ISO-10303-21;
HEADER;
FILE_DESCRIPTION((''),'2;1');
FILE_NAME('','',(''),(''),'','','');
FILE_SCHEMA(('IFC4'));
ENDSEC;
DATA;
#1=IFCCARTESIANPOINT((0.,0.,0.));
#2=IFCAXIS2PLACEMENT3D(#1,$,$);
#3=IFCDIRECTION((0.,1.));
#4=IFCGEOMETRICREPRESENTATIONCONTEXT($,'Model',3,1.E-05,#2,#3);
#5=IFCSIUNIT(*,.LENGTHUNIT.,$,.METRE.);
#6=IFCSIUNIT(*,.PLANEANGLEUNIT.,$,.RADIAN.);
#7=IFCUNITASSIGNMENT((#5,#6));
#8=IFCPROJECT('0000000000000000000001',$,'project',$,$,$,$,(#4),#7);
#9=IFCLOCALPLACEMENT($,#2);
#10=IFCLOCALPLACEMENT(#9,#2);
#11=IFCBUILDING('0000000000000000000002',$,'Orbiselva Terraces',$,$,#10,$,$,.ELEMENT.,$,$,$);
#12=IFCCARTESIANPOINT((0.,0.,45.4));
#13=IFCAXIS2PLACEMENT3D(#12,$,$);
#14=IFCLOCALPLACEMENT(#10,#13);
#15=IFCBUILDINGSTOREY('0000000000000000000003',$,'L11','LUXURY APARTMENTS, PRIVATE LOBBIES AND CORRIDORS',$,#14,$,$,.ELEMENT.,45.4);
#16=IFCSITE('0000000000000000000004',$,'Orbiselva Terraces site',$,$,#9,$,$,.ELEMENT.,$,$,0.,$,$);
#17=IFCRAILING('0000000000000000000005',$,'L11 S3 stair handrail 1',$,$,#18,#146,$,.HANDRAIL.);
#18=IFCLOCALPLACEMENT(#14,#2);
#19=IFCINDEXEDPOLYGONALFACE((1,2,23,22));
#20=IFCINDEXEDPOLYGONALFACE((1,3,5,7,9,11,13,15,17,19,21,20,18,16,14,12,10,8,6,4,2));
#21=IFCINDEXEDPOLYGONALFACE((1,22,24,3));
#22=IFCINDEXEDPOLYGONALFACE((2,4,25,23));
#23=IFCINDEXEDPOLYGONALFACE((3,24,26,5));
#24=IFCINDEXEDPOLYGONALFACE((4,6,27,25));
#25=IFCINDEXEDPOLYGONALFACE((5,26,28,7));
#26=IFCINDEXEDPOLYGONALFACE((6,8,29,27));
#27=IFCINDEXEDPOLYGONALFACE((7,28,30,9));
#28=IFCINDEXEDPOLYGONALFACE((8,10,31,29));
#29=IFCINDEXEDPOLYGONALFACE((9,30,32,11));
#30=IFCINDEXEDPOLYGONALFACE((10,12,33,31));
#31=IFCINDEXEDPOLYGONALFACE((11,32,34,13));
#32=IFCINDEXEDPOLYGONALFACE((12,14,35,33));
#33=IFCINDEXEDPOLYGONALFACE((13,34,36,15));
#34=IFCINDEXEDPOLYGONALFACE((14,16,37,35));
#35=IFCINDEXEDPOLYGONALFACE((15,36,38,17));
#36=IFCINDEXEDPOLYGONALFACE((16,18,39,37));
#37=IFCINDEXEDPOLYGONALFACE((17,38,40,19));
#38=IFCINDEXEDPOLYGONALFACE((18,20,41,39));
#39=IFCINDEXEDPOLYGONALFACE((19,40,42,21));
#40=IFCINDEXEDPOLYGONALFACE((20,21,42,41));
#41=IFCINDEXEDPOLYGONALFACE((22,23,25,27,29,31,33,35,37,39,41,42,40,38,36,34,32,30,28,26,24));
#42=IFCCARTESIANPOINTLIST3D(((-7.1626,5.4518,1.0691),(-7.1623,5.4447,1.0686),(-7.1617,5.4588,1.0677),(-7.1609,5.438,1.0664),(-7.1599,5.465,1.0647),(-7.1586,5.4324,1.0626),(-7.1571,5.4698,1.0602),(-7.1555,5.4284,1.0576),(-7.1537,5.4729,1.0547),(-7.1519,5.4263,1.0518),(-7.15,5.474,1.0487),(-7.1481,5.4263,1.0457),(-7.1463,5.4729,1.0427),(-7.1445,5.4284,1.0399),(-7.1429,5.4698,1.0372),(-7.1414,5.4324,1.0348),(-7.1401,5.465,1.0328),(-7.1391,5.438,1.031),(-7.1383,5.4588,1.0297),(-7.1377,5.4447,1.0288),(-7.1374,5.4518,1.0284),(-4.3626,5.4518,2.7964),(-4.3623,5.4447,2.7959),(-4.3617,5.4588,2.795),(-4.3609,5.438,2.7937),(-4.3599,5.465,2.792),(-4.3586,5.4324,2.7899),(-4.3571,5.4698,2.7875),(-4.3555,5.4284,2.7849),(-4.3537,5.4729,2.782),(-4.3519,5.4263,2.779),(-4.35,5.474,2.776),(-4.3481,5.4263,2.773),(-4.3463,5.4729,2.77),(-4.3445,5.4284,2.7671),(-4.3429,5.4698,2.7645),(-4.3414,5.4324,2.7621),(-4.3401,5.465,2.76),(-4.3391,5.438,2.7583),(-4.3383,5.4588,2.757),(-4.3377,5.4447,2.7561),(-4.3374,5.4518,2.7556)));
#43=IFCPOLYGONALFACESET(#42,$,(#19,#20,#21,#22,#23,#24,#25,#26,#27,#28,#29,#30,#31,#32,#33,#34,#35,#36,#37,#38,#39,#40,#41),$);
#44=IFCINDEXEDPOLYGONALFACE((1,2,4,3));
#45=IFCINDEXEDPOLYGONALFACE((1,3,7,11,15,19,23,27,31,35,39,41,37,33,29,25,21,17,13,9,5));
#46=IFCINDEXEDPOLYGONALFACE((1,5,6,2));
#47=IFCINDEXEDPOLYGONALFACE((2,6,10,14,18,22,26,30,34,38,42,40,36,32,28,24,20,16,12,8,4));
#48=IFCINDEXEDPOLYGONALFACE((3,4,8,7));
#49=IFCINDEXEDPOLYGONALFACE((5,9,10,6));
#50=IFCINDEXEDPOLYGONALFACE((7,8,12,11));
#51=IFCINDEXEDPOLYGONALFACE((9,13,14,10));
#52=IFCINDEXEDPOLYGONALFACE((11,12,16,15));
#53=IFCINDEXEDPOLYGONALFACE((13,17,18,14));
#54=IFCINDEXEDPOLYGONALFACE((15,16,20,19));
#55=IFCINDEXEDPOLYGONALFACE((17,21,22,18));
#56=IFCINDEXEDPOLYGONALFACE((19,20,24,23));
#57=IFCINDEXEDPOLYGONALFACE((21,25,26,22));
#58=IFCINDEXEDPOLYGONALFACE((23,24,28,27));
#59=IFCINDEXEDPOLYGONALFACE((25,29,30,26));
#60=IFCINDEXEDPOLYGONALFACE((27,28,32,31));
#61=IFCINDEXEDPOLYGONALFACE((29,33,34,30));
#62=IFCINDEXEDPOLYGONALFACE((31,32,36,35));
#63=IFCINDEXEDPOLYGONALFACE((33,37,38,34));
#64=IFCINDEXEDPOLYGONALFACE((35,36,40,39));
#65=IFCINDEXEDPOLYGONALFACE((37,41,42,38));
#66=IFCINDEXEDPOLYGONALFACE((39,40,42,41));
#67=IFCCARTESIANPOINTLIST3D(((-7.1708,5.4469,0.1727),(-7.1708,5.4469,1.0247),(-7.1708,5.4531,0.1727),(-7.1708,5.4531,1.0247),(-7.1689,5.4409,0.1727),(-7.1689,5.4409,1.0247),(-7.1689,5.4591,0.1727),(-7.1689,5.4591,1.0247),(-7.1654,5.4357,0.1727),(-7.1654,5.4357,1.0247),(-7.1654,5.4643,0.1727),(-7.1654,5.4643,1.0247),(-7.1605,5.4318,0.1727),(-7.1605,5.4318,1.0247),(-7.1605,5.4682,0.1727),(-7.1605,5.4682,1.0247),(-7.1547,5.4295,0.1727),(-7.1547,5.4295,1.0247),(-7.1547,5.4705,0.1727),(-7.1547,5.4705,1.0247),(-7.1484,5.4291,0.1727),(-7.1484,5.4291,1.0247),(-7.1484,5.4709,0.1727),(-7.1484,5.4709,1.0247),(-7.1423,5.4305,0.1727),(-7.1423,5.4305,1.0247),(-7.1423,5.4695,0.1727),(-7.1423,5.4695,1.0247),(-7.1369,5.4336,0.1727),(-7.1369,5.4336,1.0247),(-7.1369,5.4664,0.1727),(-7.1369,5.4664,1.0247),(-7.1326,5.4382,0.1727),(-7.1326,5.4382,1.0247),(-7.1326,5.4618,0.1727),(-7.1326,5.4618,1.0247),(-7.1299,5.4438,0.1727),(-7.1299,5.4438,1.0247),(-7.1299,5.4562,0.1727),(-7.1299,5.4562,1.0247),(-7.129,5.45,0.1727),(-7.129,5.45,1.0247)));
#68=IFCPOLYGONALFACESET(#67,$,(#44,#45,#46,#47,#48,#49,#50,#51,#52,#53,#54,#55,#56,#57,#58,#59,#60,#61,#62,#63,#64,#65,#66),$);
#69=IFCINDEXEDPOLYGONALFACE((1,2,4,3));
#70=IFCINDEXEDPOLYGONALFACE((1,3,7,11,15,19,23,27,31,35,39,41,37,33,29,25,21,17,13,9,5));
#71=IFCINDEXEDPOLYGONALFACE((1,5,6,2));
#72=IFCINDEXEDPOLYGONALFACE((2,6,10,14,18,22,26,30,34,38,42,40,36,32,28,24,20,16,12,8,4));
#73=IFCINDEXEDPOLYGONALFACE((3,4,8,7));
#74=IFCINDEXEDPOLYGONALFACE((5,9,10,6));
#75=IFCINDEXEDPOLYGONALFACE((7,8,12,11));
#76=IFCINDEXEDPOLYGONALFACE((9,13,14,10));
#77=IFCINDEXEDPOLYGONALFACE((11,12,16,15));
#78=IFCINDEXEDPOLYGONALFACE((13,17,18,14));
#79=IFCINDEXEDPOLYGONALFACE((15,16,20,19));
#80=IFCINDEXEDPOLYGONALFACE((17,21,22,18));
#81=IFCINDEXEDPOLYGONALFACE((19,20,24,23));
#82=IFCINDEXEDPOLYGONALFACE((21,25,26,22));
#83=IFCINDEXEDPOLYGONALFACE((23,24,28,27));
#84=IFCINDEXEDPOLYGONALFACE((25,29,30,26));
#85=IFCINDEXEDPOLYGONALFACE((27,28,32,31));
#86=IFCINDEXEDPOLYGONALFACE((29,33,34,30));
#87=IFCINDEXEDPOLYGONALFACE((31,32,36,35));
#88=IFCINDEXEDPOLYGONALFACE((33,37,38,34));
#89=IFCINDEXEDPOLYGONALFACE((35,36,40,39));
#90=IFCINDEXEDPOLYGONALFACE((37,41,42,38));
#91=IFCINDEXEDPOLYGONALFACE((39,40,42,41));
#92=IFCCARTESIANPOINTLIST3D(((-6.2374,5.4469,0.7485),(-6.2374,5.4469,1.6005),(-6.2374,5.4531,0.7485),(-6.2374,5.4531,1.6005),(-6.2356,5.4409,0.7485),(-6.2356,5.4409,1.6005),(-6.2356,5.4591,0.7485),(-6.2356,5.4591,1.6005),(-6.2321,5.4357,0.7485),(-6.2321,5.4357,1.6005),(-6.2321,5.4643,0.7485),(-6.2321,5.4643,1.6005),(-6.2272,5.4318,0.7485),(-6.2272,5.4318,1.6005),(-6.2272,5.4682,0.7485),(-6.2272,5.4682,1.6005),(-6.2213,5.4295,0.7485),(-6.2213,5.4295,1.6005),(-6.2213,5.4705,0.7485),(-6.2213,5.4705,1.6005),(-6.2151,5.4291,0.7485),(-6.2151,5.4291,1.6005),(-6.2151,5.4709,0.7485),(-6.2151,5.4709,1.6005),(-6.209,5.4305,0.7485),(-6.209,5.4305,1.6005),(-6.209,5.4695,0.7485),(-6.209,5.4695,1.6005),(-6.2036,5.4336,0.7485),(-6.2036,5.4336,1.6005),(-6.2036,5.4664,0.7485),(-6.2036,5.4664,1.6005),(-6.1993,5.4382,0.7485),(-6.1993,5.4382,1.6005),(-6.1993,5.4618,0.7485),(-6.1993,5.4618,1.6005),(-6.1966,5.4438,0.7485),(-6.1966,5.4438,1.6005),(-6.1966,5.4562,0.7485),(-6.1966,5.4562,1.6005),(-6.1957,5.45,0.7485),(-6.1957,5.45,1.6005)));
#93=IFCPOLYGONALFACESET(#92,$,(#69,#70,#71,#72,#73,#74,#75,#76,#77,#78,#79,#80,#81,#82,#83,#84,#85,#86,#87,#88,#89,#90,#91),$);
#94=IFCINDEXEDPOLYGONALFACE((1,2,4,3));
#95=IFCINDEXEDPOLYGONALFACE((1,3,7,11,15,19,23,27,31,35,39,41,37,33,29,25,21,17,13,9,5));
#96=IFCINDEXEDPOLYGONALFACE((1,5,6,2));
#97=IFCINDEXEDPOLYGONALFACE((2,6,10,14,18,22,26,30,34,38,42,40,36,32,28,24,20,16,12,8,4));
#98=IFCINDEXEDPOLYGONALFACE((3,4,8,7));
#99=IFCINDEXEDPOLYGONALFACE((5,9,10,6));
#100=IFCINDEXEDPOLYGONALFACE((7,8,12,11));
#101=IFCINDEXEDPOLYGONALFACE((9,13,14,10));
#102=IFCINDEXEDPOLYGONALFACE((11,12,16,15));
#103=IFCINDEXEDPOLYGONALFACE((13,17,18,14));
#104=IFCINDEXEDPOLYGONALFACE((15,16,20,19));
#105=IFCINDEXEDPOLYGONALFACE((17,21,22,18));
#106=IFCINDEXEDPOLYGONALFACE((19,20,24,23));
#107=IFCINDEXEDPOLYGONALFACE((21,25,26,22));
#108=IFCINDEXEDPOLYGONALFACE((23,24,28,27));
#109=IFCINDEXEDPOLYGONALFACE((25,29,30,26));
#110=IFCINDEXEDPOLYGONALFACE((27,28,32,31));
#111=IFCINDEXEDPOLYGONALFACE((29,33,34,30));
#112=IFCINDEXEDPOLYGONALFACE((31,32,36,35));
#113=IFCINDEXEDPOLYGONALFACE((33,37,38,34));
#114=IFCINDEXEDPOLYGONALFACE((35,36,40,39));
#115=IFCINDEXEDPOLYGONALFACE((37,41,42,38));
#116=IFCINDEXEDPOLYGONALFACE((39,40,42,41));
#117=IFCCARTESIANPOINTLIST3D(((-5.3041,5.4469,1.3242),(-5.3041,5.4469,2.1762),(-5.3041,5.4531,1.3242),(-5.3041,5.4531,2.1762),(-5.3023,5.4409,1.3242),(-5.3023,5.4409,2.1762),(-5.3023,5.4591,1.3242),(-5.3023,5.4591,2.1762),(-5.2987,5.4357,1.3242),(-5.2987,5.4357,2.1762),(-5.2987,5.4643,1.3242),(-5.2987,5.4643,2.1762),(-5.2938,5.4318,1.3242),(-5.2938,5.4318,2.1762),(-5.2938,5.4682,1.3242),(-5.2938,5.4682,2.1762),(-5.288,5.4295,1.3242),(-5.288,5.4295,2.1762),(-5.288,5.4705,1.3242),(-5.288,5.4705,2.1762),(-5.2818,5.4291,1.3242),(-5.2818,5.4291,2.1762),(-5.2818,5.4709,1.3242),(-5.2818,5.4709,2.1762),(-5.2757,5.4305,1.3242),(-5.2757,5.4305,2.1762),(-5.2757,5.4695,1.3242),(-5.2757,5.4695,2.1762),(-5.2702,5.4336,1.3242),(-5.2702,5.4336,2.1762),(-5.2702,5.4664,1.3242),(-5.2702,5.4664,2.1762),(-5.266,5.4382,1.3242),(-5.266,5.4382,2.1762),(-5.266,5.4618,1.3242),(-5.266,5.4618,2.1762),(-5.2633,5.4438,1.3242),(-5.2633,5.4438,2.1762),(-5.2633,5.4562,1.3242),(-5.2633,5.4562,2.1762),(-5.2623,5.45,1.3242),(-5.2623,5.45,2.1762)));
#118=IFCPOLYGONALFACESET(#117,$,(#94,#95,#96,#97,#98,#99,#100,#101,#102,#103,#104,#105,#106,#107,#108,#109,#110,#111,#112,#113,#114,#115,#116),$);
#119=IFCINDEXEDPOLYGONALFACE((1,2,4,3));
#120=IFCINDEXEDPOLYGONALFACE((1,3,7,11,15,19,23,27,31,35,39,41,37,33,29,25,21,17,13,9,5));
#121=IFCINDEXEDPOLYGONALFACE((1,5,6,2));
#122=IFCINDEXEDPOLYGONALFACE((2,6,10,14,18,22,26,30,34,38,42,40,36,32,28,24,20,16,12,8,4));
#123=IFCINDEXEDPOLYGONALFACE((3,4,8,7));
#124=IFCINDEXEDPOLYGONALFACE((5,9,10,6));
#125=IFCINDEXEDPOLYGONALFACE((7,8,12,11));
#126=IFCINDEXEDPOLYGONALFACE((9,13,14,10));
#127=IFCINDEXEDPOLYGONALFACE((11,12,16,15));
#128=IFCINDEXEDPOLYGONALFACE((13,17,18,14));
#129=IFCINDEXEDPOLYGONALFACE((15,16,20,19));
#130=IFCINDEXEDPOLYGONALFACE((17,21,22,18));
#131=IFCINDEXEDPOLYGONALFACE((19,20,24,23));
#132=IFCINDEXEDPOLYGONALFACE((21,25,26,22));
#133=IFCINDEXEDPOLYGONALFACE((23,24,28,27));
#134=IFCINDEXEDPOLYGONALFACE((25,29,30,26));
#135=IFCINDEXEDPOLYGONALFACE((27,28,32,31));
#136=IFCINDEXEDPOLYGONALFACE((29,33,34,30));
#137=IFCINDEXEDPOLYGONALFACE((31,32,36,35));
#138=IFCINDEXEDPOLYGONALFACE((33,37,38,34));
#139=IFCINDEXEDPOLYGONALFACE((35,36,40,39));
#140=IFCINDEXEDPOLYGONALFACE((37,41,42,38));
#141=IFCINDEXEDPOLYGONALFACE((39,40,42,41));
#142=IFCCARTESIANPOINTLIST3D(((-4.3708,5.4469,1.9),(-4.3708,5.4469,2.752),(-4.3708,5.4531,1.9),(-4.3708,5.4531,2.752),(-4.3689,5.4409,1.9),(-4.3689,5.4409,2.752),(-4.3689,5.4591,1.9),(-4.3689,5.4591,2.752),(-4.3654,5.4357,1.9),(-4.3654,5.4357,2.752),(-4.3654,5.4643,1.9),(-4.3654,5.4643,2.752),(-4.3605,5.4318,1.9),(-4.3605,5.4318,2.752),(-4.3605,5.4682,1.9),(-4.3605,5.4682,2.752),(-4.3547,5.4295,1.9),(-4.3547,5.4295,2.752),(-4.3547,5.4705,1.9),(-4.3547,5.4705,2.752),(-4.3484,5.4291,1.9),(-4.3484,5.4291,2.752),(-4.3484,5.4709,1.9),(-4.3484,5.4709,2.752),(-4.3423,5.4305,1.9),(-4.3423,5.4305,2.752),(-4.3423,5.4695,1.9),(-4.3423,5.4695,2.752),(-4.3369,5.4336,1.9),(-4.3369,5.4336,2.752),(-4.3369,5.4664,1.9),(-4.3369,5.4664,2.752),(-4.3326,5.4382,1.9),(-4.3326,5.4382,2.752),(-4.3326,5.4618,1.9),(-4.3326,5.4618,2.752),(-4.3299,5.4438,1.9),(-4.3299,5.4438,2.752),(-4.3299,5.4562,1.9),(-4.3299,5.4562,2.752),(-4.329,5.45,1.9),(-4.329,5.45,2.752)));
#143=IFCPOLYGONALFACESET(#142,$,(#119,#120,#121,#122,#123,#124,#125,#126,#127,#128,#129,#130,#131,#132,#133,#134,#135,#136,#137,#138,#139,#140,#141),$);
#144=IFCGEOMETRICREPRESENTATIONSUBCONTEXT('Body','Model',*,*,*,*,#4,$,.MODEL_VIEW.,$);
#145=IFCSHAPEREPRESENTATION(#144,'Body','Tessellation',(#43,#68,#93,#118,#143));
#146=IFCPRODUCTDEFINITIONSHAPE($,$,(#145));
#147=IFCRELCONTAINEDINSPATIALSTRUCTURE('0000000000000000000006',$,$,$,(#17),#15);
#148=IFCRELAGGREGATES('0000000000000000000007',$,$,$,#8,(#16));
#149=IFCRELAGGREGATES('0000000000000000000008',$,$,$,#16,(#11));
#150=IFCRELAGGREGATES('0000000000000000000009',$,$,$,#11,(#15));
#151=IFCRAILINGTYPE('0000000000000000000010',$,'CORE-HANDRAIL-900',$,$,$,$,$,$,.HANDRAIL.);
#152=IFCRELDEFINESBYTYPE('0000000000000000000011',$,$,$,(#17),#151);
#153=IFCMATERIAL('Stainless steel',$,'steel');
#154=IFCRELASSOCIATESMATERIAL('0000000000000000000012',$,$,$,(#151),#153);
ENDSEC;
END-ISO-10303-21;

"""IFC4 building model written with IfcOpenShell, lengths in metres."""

from ifc_helpers import new_model, si_unit, direction, frame, origin, origin_2d, place, context, subcontext, project, spatial, circle, extrude, material, type_object, element, save


model = new_model("IFC4")

# Units and contexts
model_context = context("Model", 3, precision=1e-05, world=origin(), true_north=direction((0.0, 1.0)))
body_context = subcontext(model_context, "Body", "Model", "MODEL_VIEW")
ifc_project = project(units=[si_unit("LENGTHUNIT", "METRE"), si_unit("PLANEANGLEUNIT", "RADIAN")], contexts=[model_context])

# Site, building, storey
site_placement = place(None, origin())
site = spatial("IfcSite", under=ifc_project, at=site_placement, Name="Orbiselva Terraces site", CompositionType="ELEMENT", RefElevation=0.0)
building_placement = place(site_placement, origin())
building = spatial("IfcBuilding", under=site, at=building_placement, Name="Orbiselva Terraces", CompositionType="ELEMENT")
storey_placement = place(building_placement, frame((0.0, 0.0, 45.4)))
storey = spatial("IfcBuildingStorey", under=building, at=storey_placement, Name="L11", Description="LUXURY APARTMENTS, PRIVATE LOBBIES AND CORRIDORS", CompositionType="ELEMENT", Elevation=45.4)

# Railing
ifc_material_1 = material(Name="Stainless steel", Category="steel")
railing_type_1 = type_object("IfcRailingType", Name="CORE-HANDRAIL-900", PredefinedType="HANDRAIL", material=ifc_material_1)
railing_1_placement = place(storey_placement, frame((-7.15, 5.45, 0.1727)))
element("IfcRailing", 1, at=railing_1_placement, inside=storey, type_object=railing_type_1, Name="L11 S3 stair handrail 1", PredefinedType="HANDRAIL", context=body_context, shape_type="SweptSolid", body=[
    extrude(circle(Radius=0.024, at=origin_2d()), frame((0.0, 0.0, 0.876), z_axis=(0.851089, 0.0, 0.525022), x_axis=(0.0, 1.0, 0.0)), (0.0, 0.0, 1.0), 3.2899),
    extrude(circle(Radius=0.021, at=origin_2d()), origin(), (0.0, 0.0, 1.0), 0.852),
    extrude(circle(Radius=0.021, at=origin_2d()), frame((0.9333, 0.0, 0.5758)), (0.0, 0.0, 1.0), 0.852),
    extrude(circle(Radius=0.021, at=origin_2d()), frame((1.8667, 0.0, 1.1515)), (0.0, 0.0, 1.0), 0.852),
    extrude(circle(Radius=0.021, at=origin_2d()), frame((2.8, 0.0, 1.7273)), (0.0, 0.0, 1.0), 0.852),
])

save(model, "model.ifc")
